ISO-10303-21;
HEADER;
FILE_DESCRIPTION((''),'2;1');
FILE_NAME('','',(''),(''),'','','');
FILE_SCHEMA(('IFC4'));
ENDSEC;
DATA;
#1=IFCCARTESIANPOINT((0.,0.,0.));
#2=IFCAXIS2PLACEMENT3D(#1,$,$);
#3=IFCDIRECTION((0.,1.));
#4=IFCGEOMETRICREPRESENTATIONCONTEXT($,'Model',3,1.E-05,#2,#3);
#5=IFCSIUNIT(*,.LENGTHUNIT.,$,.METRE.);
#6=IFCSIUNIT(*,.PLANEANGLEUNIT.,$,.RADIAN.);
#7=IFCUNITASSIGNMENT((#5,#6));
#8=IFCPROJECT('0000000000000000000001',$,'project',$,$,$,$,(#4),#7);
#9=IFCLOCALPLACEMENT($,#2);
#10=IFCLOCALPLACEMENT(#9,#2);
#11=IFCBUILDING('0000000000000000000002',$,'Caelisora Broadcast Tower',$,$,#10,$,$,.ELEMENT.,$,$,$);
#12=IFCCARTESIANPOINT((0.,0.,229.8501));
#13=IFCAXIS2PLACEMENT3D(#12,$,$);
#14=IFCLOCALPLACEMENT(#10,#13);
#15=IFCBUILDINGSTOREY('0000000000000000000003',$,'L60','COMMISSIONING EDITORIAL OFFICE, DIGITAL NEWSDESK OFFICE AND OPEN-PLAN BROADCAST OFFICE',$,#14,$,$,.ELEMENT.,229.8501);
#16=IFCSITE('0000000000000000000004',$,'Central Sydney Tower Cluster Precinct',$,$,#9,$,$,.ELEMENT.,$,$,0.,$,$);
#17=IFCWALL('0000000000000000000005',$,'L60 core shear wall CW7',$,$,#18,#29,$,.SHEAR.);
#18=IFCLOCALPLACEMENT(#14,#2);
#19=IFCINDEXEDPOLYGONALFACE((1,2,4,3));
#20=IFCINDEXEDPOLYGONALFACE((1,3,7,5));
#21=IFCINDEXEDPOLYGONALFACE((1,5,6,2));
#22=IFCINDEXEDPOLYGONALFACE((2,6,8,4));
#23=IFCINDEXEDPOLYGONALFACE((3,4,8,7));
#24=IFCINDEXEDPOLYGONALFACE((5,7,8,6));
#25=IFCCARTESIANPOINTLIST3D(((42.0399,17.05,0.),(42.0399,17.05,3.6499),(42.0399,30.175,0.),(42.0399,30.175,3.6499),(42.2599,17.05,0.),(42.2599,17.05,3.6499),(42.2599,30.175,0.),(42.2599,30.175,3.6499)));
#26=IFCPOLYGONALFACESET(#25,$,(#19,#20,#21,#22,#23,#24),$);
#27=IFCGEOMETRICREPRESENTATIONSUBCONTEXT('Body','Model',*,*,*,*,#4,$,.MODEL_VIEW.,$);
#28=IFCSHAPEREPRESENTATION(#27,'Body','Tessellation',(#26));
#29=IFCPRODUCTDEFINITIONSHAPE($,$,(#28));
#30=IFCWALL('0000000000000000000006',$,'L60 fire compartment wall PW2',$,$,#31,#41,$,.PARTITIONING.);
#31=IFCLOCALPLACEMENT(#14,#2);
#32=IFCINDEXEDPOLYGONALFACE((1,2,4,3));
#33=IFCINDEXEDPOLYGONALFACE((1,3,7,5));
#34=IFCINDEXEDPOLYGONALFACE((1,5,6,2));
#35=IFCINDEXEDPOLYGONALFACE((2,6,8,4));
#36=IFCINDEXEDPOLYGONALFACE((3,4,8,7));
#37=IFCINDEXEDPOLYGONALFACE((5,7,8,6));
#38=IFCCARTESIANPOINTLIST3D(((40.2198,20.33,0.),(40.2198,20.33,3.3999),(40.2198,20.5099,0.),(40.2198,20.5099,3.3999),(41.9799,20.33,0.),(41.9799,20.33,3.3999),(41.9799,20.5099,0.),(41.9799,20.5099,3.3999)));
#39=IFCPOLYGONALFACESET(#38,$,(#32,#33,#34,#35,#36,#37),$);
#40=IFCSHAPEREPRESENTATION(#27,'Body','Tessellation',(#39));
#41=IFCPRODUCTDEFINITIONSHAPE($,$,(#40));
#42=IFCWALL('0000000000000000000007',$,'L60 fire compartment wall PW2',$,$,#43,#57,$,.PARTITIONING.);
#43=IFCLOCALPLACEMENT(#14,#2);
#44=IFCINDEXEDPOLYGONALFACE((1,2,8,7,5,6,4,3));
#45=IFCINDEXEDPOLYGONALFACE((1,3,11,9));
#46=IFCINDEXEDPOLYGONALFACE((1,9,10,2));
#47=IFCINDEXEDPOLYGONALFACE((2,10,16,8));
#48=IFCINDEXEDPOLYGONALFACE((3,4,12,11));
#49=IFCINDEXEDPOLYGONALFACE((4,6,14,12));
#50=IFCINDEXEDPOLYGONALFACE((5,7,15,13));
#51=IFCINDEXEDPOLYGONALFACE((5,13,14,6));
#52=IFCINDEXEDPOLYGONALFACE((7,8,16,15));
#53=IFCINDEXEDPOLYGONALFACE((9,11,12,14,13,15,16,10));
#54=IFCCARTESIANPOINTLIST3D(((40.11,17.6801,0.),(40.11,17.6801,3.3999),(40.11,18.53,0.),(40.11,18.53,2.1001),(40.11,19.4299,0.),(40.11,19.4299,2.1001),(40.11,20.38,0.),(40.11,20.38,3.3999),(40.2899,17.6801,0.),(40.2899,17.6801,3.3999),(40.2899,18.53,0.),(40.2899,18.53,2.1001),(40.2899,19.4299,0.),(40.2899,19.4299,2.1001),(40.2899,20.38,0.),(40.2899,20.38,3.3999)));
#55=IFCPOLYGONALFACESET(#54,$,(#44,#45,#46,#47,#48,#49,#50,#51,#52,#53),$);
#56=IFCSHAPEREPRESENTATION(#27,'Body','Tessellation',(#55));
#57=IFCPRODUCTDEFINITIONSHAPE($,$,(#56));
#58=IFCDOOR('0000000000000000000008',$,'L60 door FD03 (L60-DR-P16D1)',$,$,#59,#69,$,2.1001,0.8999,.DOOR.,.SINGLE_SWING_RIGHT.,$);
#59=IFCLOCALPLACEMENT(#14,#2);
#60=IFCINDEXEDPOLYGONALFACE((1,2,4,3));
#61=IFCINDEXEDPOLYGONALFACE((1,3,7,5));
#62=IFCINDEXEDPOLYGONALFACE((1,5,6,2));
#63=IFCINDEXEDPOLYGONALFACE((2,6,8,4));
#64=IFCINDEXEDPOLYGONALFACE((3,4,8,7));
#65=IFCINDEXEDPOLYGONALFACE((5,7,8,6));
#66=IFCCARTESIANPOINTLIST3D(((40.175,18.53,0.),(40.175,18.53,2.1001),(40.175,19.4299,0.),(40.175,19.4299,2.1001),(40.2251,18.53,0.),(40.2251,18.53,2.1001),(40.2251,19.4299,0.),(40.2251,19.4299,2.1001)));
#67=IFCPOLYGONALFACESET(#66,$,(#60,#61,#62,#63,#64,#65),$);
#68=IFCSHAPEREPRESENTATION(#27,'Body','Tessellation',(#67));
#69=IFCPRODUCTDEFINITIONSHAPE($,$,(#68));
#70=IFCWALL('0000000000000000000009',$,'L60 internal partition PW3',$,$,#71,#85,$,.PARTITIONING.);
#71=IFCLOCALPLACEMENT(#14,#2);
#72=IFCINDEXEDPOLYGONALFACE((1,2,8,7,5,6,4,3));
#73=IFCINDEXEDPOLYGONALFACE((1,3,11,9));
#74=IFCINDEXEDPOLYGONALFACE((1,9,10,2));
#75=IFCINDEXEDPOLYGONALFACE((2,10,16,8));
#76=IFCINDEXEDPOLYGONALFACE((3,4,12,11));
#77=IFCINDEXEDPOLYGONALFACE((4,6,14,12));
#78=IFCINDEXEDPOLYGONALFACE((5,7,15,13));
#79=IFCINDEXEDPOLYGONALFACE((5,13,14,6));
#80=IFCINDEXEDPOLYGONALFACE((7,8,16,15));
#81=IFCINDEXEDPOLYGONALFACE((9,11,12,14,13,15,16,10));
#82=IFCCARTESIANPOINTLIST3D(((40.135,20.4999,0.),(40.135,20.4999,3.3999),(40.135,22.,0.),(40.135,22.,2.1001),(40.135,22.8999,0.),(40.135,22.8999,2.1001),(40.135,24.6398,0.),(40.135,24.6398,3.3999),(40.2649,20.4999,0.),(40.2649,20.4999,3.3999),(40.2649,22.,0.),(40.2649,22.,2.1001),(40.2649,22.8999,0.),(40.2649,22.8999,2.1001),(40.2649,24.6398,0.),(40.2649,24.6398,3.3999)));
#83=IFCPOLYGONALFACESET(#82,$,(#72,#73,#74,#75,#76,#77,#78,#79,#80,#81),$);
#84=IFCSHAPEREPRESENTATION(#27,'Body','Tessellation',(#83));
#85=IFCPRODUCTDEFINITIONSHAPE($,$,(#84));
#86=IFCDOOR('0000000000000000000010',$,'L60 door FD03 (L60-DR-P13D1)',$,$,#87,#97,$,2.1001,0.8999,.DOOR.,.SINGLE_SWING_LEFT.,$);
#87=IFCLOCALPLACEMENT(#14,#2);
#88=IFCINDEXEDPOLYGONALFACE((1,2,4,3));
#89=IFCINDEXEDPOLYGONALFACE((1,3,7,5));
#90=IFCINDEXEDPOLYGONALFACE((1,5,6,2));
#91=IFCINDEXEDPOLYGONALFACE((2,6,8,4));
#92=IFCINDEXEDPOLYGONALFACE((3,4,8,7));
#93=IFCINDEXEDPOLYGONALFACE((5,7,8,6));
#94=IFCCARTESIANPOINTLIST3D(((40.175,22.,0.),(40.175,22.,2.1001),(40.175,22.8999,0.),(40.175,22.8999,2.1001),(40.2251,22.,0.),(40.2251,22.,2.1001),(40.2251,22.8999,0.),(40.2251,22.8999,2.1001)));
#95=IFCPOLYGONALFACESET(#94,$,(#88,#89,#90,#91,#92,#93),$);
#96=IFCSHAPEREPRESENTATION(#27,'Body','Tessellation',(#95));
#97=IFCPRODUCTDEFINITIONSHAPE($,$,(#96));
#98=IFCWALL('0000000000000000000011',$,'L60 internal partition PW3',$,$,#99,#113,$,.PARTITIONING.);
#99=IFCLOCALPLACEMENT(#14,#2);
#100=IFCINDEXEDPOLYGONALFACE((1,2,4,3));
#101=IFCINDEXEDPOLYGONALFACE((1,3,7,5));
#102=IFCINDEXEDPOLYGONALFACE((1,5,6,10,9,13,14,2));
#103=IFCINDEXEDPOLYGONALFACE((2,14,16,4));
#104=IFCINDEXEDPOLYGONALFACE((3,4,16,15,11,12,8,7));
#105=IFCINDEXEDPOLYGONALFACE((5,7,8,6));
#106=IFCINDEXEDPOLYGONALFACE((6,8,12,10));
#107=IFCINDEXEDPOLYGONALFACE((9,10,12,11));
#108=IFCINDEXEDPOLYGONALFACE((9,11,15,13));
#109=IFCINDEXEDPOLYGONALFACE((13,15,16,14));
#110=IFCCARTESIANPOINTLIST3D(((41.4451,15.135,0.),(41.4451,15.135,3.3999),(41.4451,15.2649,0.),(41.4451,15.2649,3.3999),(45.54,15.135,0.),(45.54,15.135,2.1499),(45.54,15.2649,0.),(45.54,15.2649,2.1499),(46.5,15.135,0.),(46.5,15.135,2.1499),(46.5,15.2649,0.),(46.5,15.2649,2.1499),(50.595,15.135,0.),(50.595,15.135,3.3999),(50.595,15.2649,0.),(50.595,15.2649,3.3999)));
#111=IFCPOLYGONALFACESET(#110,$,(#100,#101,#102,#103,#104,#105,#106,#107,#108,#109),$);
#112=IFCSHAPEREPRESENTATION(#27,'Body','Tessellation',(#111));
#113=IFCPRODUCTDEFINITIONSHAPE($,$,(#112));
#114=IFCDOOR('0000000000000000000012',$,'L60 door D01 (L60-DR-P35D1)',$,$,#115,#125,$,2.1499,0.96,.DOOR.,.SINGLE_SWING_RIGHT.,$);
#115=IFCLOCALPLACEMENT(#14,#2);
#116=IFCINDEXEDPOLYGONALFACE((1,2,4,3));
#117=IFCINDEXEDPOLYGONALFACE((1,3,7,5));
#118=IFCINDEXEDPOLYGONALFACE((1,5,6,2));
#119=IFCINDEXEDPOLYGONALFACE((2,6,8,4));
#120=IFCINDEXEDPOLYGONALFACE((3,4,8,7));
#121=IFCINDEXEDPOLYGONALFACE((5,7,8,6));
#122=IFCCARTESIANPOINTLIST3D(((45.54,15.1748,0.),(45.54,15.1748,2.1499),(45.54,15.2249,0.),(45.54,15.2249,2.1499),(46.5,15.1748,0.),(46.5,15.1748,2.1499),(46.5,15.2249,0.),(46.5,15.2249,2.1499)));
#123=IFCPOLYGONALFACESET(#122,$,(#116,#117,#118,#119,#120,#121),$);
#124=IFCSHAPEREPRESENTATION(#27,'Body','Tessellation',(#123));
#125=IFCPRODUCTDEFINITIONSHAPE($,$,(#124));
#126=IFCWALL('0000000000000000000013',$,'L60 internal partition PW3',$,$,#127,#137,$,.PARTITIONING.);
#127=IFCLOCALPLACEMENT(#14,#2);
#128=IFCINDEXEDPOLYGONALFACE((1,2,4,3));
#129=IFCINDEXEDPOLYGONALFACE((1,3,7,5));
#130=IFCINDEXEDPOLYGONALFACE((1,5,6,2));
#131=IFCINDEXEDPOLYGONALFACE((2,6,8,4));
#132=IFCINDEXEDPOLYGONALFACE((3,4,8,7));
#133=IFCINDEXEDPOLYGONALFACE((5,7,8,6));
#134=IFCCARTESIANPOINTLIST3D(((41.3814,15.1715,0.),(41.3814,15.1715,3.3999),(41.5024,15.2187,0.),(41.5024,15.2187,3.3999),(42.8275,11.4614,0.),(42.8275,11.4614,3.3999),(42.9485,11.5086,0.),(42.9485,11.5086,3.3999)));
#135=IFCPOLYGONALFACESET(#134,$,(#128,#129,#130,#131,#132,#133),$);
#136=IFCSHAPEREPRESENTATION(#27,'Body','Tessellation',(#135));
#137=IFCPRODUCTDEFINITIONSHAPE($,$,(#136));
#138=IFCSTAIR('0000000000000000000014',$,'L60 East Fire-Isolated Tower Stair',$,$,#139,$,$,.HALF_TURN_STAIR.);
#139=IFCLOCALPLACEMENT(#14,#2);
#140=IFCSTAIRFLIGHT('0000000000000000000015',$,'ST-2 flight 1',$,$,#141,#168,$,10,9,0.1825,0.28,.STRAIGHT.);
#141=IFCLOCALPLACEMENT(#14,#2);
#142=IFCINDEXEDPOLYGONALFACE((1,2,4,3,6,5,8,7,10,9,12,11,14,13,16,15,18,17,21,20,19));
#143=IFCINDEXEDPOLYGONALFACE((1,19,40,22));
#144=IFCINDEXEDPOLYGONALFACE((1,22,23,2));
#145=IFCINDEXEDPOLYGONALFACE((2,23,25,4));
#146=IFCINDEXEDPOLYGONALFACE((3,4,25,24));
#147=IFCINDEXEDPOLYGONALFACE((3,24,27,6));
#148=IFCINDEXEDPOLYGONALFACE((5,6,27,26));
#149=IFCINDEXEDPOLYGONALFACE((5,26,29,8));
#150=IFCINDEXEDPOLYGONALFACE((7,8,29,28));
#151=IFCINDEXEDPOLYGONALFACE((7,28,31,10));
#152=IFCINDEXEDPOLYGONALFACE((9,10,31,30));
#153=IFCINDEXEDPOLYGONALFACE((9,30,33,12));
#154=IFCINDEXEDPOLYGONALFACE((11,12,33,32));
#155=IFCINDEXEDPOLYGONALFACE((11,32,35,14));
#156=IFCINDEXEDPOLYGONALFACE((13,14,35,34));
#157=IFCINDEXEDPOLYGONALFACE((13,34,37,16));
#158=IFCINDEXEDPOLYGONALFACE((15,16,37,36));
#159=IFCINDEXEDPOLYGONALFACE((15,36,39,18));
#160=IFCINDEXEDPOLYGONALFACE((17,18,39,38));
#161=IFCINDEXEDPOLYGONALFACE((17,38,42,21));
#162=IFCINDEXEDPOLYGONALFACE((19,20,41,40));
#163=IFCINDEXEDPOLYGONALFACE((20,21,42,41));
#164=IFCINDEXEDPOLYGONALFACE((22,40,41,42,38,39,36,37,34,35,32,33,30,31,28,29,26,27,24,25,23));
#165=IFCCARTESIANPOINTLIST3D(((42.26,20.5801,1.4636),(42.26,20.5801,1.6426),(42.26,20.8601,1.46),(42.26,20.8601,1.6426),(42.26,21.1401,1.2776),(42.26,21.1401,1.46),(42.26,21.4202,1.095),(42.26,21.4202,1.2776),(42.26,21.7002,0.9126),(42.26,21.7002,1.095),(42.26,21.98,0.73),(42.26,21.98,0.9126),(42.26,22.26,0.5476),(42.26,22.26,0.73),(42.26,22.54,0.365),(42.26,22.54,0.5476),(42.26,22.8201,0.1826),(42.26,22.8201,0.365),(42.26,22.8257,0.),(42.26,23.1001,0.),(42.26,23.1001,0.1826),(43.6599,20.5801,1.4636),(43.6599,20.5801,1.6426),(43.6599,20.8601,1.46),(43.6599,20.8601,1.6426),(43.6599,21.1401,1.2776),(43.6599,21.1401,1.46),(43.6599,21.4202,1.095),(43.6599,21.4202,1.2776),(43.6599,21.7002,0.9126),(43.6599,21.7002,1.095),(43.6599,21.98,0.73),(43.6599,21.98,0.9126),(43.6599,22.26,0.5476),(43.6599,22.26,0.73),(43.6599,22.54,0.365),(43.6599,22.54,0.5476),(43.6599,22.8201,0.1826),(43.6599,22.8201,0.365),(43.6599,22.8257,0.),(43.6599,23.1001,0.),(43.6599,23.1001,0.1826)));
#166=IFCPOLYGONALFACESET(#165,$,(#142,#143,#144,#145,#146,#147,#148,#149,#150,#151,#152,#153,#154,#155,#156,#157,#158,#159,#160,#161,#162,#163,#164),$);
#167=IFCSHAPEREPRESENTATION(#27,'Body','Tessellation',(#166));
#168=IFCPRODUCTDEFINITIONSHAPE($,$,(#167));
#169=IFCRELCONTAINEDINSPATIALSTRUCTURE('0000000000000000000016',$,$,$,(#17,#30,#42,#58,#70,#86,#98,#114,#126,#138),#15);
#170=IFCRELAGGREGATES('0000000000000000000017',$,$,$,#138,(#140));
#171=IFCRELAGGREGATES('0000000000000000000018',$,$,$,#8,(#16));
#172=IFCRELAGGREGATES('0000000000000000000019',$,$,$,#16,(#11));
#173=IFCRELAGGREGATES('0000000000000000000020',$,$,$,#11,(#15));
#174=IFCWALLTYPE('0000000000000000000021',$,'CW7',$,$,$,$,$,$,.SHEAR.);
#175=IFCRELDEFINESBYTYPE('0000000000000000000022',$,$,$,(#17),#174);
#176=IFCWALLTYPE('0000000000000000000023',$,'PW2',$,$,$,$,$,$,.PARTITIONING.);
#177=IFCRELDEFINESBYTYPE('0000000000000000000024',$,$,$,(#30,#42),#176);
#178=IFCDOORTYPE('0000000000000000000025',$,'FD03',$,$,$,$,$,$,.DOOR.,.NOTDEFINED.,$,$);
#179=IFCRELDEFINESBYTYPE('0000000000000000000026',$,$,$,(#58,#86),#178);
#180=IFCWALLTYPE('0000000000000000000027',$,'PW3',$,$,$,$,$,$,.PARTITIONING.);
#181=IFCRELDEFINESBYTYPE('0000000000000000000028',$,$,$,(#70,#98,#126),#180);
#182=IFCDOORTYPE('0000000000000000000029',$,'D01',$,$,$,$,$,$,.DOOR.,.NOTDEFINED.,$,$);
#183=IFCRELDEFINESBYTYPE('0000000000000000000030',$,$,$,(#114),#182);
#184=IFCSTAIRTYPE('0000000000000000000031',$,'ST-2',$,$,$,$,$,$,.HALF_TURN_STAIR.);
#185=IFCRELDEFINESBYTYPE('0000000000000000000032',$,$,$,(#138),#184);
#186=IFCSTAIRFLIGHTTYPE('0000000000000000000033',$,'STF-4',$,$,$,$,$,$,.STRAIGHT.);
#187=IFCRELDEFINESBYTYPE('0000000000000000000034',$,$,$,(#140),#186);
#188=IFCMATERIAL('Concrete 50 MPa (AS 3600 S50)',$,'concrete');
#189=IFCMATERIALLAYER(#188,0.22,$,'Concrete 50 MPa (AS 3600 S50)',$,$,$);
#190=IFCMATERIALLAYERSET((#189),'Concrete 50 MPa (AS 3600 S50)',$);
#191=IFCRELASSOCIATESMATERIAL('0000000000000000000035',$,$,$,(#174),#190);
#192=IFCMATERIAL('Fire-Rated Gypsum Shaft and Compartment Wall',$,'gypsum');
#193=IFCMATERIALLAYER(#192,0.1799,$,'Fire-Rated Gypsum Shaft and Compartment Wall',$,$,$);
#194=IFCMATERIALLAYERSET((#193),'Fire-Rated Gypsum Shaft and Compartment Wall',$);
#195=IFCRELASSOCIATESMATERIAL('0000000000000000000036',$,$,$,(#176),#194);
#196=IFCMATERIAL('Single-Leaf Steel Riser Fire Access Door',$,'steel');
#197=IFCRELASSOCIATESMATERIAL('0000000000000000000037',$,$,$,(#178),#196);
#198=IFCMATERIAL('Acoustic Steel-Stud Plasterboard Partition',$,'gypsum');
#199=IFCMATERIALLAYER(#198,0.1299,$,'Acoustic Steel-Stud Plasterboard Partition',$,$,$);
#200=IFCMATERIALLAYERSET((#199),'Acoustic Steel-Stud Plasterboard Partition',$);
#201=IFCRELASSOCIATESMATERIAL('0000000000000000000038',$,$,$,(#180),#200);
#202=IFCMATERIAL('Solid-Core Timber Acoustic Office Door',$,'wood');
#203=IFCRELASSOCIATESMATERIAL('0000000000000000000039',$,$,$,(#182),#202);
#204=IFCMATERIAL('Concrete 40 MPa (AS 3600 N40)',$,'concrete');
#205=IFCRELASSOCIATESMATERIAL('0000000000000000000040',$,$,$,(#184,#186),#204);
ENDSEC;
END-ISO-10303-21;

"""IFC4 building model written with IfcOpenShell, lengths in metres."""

from ifc_helpers import new_model, si_unit, direction, frame, frame_2d, origin, place, context, subcontext, project, spatial, polyline, rectangle, outline, extrude, material, layer, layer_set, type_object, element, fill, aggregate, save


model = new_model("IFC4")

# Units and contexts
model_context = context("Model", 3, precision=1e-05, world=origin(), true_north=direction((0.0, 1.0)))
body_context = subcontext(model_context, "Body", "Model", "MODEL_VIEW")
ifc_project = project(units=[si_unit("LENGTHUNIT", "METRE"), si_unit("PLANEANGLEUNIT", "RADIAN")], contexts=[model_context])

# Site, building, storey
site_placement = place(None, origin())
site = spatial("IfcSite", under=ifc_project, at=site_placement, Name="Central Sydney Tower Cluster Precinct", CompositionType="ELEMENT", RefElevation=0.0)
building_placement = place(site_placement, origin())
building = spatial("IfcBuilding", under=site, at=building_placement, Name="Caelisora Broadcast Tower", CompositionType="ELEMENT")
storey_placement = place(building_placement, frame((0.0, 0.0, 229.8501)))
storey = spatial("IfcBuildingStorey", under=building, at=storey_placement, Name="L60", Description="COMMISSIONING EDITORIAL OFFICE, DIGITAL NEWSDESK OFFICE AND OPEN-PLAN BROADCAST OFFICE", CompositionType="ELEMENT", Elevation=229.8501)

# Shared definitions
ifc_material_1 = material(Name="Concrete 40 MPa (AS 3600 N40)", Category="concrete")

# Walls
ifc_material_2 = material(Name="Concrete 50 MPa (AS 3600 S50)", Category="concrete")
ifc_layer_1 = layer(ifc_material_2, 0.22, Name="Concrete 50 MPa (AS 3600 S50)")
ifc_layer_set_1 = layer_set([ifc_layer_1], Name="Concrete 50 MPa (AS 3600 S50)")
wall_type_1 = type_object("IfcWallType", Name="CW7", PredefinedType="SHEAR", material=ifc_layer_set_1)
wall_1_placement = place(storey_placement, frame((42.1499, 17.05, 0.0), z_axis=(0.0, 0.0, 1.0), x_axis=(0.0, 1.0, 0.0)))
element("IfcWall", 1, at=wall_1_placement, inside=storey, type_object=wall_type_1, Name="L60 core shear wall CW7", PredefinedType="SHEAR", context=body_context, shape_type="SweptSolid", body=[
    extrude(rectangle(XDim=13.125, YDim=0.22, at=frame_2d((6.5625, 0.0))), origin(), (0.0, 0.0, 1.0), 3.6499),
])
ifc_material_3 = material(Name="Fire-Rated Gypsum Shaft and Compartment Wall", Category="gypsum")
ifc_layer_2 = layer(ifc_material_3, 0.1799, Name="Fire-Rated Gypsum Shaft and Compartment Wall")
ifc_layer_set_2 = layer_set([ifc_layer_2], Name="Fire-Rated Gypsum Shaft and Compartment Wall")
wall_type_2 = type_object("IfcWallType", Name="PW2", PredefinedType="PARTITIONING", material=ifc_layer_set_2)
wall_2_placement = place(storey_placement, frame((40.22, 20.4199, 0.0), z_axis=(0.0, 0.0, 1.0), x_axis=(1.0, 0.0, 0.0)))
element("IfcWall", 2, at=wall_2_placement, inside=storey, type_object=wall_type_2, Name="L60 fire compartment wall PW2", PredefinedType="PARTITIONING", context=body_context, shape_type="SweptSolid", body=[
    extrude(rectangle(XDim=1.76, YDim=0.1799, at=frame_2d((0.8799, 0.0))), origin(), (0.0, 0.0, 1.0), 3.3999),
])

# Walls, openings, doors
wall_3_placement = place(storey_placement, frame((40.2, 17.6799, 0.0), z_axis=(0.0, 0.0, 1.0), x_axis=(0.0, 1.0, 0.0)))
wall_3 = element("IfcWall", 3, at=wall_3_placement, inside=storey, type_object=wall_type_2, Name="L60 fire compartment wall PW2", PredefinedType="PARTITIONING", context=body_context, shape_type="SweptSolid", body=[
    extrude(rectangle(XDim=2.7, YDim=0.1799, at=frame_2d((1.3501, 0.0))), origin(), (0.0, 0.0, 1.0), 3.3999),
])
opening_1_placement = place(wall_3_placement, frame((0.8501, 0.0, 0.0)))
opening_1 = element("IfcOpeningElement", 4, at=opening_1_placement, cuts=wall_3, PredefinedType="OPENING", context=body_context, shape_type="SweptSolid", body=[
    extrude(rectangle(XDim=0.8999, YDim=2.1001, at=frame_2d((0.45, 1.05))), frame((0.0, 0.1021, 0.0), z_axis=(0.0, -1.0, 0.0), x_axis=(1.0, 0.0, 0.0)), (0.0, 0.0, 1.0), 0.2039),
])
ifc_material_4 = material(Name="Single-Leaf Steel Riser Fire Access Door", Category="steel")
door_type_1 = type_object("IfcDoorType", Name="FD03", OperationType="NOTDEFINED", PredefinedType="DOOR", material=ifc_material_4)
door_1_placement = place(opening_1_placement, origin())
door_1 = element("IfcDoor", 5, at=door_1_placement, inside=storey, type_object=door_type_1, Name="L60 door FD03 (L60-DR-P16D1)", OperationType="SINGLE_SWING_RIGHT", OverallHeight=2.1001, OverallWidth=0.8999, PredefinedType="DOOR", context=body_context, shape_type="SweptSolid", body=[
    extrude(rectangle(XDim=0.8999, YDim=2.1001, at=frame_2d((0.45, 1.05))), frame((0.0, 0.0249, 0.0), z_axis=(0.0, -1.0, 0.0), x_axis=(1.0, 0.0, 0.0)), (0.0, 0.0, 1.0), 0.05),
])
fill(opening_1, door_1)
ifc_material_5 = material(Name="Acoustic Steel-Stud Plasterboard Partition", Category="gypsum")
ifc_layer_3 = layer(ifc_material_5, 0.1299, Name="Acoustic Steel-Stud Plasterboard Partition")
ifc_layer_set_3 = layer_set([ifc_layer_3], Name="Acoustic Steel-Stud Plasterboard Partition")
wall_type_3 = type_object("IfcWallType", Name="PW3", PredefinedType="PARTITIONING", material=ifc_layer_set_3)
wall_4_placement = place(storey_placement, frame((40.2, 20.5, 0.0), z_axis=(0.0, 0.0, 1.0), x_axis=(0.0, 1.0, 0.0)))
wall_4 = element("IfcWall", 6, at=wall_4_placement, inside=storey, type_object=wall_type_3, Name="L60 internal partition PW3", PredefinedType="PARTITIONING", context=body_context, shape_type="SweptSolid", body=[
    extrude(rectangle(XDim=4.1399, YDim=0.1299, at=frame_2d((2.0698, 0.0))), origin(), (0.0, 0.0, 1.0), 3.3999),
])
opening_2_placement = place(wall_4_placement, frame((1.5, 0.0, 0.0)))
opening_2 = element("IfcOpeningElement", 7, at=opening_2_placement, cuts=wall_4, PredefinedType="OPENING", context=body_context, shape_type="SweptSolid", body=[
    extrude(rectangle(XDim=0.8999, YDim=2.1001, at=frame_2d((0.45, 1.05))), frame((0.0, 0.0769, 0.0), z_axis=(0.0, -1.0, 0.0), x_axis=(1.0, 0.0, 0.0)), (0.0, 0.0, 1.0), 0.1538),
])
door_2_placement = place(opening_2_placement, origin())
door_2 = element("IfcDoor", 8, at=door_2_placement, inside=storey, type_object=door_type_1, Name="L60 door FD03 (L60-DR-P13D1)", OperationType="SINGLE_SWING_LEFT", OverallHeight=2.1001, OverallWidth=0.8999, PredefinedType="DOOR", context=body_context, shape_type="SweptSolid", body=[
    extrude(rectangle(XDim=0.8999, YDim=2.1001, at=frame_2d((0.45, 1.05))), frame((0.0, 0.0249, 0.0), z_axis=(0.0, -1.0, 0.0), x_axis=(1.0, 0.0, 0.0)), (0.0, 0.0, 1.0), 0.05),
])
fill(opening_2, door_2)
wall_5_placement = place(storey_placement, frame((41.4451, 15.2, 0.0), z_axis=(0.0, 0.0, 1.0), x_axis=(1.0, 0.0, 0.0)))
wall_5 = element("IfcWall", 9, at=wall_5_placement, inside=storey, type_object=wall_type_3, Name="L60 internal partition PW3", PredefinedType="PARTITIONING", context=body_context, shape_type="SweptSolid", body=[
    extrude(rectangle(XDim=9.1499, YDim=0.1299, at=frame_2d((4.575, 0.0))), origin(), (0.0, 0.0, 1.0), 3.3999),
])
opening_3_placement = place(wall_5_placement, frame((4.095, 0.0, 0.0)))
opening_3 = element("IfcOpeningElement", 10, at=opening_3_placement, cuts=wall_5, PredefinedType="OPENING", context=body_context, shape_type="SweptSolid", body=[
    extrude(rectangle(XDim=0.96, YDim=2.1499, at=frame_2d((0.48, 1.075))), frame((0.0, 0.0769, 0.0), z_axis=(0.0, -1.0, 0.0), x_axis=(1.0, 0.0, 0.0)), (0.0, 0.0, 1.0), 0.1538),
])
ifc_material_6 = material(Name="Solid-Core Timber Acoustic Office Door", Category="wood")
door_type_2 = type_object("IfcDoorType", Name="D01", OperationType="NOTDEFINED", PredefinedType="DOOR", material=ifc_material_6)
door_3_placement = place(opening_3_placement, origin())
door_3 = element("IfcDoor", 11, at=door_3_placement, inside=storey, type_object=door_type_2, Name="L60 door D01 (L60-DR-P35D1)", OperationType="SINGLE_SWING_RIGHT", OverallHeight=2.1499, OverallWidth=0.96, PredefinedType="DOOR", context=body_context, shape_type="SweptSolid", body=[
    extrude(rectangle(XDim=0.96, YDim=2.1499, at=frame_2d((0.48, 1.075))), frame((0.0, 0.0249, 0.0), z_axis=(0.0, -1.0, 0.0), x_axis=(1.0, 0.0, 0.0)), (0.0, 0.0, 1.0), 0.05),
])
fill(opening_3, door_3)

# Wall
wall_6_placement = place(storey_placement, frame((41.4419, 15.1951, 0.0), z_axis=(0.0, 0.0, 1.0), x_axis=(0.363162, -0.931726, 0.0)))
element("IfcWall", 12, at=wall_6_placement, inside=storey, type_object=wall_type_3, Name="L60 internal partition PW3", PredefinedType="PARTITIONING", context=body_context, shape_type="SweptSolid", body=[
    extrude(rectangle(XDim=3.9819, YDim=0.1299, at=frame_2d((1.991, 0.0))), origin(), (0.0, 0.0, 1.0), 3.3999),
])

# Stair, stair flight
stair_type = type_object("IfcStairType", Name="ST-2", PredefinedType="HALF_TURN_STAIR", material=ifc_material_1)
stair_placement = place(storey_placement, origin())
stair = element("IfcStair", 13, at=stair_placement, inside=storey, type_object=stair_type, Name="L60 East Fire-Isolated Tower Stair", PredefinedType="HALF_TURN_STAIR")
stair_flight_type = type_object("IfcStairFlightType", Name="STF-4", PredefinedType="STRAIGHT", material=ifc_material_1)
stair_flight_1_placement = place(storey_placement, frame((42.96, 23.1001, 0.0), z_axis=(0.0, 0.0, 1.0), x_axis=(0.0, -1.0, 0.0)))
stair_flight_1 = element("IfcStairFlight", 14, at=stair_flight_1_placement, type_object=stair_flight_type, Name="ST-2 flight 1", NumberOfRisers=10, NumberOfTreads=9, PredefinedType="STRAIGHT", RiserHeight=0.1825, TreadLength=0.28, context=body_context, shape_type="SweptSolid", body=[
    extrude(outline(polyline([(0.0, 0.0), (0.0, 0.1826), (0.28, 0.1826), (0.28, 0.365), (0.5601, 0.365), (0.5601, 0.5476), (0.8401, 0.5476), (0.8401, 0.73), (1.1201, 0.73), (1.1201, 0.9126), (1.3999, 0.9126), (1.3999, 1.095), (1.6799, 1.095), (1.6799, 1.2776), (1.96, 1.2776), (1.96, 1.46), (2.24, 1.46), (2.24, 1.6426), (2.52, 1.6426), (2.52, 1.825), (2.52, 1.4636), (0.2744, 0.0), (0.0, 0.0)])), frame((0.0, 0.7, 0.0), z_axis=(0.0, -1.0, 0.0), x_axis=(1.0, 0.0, 0.0)), (0.0, 0.0, 1.0), 1.3999),
])
aggregate(stair, [stair_flight_1])

save(model, "model.ifc")
